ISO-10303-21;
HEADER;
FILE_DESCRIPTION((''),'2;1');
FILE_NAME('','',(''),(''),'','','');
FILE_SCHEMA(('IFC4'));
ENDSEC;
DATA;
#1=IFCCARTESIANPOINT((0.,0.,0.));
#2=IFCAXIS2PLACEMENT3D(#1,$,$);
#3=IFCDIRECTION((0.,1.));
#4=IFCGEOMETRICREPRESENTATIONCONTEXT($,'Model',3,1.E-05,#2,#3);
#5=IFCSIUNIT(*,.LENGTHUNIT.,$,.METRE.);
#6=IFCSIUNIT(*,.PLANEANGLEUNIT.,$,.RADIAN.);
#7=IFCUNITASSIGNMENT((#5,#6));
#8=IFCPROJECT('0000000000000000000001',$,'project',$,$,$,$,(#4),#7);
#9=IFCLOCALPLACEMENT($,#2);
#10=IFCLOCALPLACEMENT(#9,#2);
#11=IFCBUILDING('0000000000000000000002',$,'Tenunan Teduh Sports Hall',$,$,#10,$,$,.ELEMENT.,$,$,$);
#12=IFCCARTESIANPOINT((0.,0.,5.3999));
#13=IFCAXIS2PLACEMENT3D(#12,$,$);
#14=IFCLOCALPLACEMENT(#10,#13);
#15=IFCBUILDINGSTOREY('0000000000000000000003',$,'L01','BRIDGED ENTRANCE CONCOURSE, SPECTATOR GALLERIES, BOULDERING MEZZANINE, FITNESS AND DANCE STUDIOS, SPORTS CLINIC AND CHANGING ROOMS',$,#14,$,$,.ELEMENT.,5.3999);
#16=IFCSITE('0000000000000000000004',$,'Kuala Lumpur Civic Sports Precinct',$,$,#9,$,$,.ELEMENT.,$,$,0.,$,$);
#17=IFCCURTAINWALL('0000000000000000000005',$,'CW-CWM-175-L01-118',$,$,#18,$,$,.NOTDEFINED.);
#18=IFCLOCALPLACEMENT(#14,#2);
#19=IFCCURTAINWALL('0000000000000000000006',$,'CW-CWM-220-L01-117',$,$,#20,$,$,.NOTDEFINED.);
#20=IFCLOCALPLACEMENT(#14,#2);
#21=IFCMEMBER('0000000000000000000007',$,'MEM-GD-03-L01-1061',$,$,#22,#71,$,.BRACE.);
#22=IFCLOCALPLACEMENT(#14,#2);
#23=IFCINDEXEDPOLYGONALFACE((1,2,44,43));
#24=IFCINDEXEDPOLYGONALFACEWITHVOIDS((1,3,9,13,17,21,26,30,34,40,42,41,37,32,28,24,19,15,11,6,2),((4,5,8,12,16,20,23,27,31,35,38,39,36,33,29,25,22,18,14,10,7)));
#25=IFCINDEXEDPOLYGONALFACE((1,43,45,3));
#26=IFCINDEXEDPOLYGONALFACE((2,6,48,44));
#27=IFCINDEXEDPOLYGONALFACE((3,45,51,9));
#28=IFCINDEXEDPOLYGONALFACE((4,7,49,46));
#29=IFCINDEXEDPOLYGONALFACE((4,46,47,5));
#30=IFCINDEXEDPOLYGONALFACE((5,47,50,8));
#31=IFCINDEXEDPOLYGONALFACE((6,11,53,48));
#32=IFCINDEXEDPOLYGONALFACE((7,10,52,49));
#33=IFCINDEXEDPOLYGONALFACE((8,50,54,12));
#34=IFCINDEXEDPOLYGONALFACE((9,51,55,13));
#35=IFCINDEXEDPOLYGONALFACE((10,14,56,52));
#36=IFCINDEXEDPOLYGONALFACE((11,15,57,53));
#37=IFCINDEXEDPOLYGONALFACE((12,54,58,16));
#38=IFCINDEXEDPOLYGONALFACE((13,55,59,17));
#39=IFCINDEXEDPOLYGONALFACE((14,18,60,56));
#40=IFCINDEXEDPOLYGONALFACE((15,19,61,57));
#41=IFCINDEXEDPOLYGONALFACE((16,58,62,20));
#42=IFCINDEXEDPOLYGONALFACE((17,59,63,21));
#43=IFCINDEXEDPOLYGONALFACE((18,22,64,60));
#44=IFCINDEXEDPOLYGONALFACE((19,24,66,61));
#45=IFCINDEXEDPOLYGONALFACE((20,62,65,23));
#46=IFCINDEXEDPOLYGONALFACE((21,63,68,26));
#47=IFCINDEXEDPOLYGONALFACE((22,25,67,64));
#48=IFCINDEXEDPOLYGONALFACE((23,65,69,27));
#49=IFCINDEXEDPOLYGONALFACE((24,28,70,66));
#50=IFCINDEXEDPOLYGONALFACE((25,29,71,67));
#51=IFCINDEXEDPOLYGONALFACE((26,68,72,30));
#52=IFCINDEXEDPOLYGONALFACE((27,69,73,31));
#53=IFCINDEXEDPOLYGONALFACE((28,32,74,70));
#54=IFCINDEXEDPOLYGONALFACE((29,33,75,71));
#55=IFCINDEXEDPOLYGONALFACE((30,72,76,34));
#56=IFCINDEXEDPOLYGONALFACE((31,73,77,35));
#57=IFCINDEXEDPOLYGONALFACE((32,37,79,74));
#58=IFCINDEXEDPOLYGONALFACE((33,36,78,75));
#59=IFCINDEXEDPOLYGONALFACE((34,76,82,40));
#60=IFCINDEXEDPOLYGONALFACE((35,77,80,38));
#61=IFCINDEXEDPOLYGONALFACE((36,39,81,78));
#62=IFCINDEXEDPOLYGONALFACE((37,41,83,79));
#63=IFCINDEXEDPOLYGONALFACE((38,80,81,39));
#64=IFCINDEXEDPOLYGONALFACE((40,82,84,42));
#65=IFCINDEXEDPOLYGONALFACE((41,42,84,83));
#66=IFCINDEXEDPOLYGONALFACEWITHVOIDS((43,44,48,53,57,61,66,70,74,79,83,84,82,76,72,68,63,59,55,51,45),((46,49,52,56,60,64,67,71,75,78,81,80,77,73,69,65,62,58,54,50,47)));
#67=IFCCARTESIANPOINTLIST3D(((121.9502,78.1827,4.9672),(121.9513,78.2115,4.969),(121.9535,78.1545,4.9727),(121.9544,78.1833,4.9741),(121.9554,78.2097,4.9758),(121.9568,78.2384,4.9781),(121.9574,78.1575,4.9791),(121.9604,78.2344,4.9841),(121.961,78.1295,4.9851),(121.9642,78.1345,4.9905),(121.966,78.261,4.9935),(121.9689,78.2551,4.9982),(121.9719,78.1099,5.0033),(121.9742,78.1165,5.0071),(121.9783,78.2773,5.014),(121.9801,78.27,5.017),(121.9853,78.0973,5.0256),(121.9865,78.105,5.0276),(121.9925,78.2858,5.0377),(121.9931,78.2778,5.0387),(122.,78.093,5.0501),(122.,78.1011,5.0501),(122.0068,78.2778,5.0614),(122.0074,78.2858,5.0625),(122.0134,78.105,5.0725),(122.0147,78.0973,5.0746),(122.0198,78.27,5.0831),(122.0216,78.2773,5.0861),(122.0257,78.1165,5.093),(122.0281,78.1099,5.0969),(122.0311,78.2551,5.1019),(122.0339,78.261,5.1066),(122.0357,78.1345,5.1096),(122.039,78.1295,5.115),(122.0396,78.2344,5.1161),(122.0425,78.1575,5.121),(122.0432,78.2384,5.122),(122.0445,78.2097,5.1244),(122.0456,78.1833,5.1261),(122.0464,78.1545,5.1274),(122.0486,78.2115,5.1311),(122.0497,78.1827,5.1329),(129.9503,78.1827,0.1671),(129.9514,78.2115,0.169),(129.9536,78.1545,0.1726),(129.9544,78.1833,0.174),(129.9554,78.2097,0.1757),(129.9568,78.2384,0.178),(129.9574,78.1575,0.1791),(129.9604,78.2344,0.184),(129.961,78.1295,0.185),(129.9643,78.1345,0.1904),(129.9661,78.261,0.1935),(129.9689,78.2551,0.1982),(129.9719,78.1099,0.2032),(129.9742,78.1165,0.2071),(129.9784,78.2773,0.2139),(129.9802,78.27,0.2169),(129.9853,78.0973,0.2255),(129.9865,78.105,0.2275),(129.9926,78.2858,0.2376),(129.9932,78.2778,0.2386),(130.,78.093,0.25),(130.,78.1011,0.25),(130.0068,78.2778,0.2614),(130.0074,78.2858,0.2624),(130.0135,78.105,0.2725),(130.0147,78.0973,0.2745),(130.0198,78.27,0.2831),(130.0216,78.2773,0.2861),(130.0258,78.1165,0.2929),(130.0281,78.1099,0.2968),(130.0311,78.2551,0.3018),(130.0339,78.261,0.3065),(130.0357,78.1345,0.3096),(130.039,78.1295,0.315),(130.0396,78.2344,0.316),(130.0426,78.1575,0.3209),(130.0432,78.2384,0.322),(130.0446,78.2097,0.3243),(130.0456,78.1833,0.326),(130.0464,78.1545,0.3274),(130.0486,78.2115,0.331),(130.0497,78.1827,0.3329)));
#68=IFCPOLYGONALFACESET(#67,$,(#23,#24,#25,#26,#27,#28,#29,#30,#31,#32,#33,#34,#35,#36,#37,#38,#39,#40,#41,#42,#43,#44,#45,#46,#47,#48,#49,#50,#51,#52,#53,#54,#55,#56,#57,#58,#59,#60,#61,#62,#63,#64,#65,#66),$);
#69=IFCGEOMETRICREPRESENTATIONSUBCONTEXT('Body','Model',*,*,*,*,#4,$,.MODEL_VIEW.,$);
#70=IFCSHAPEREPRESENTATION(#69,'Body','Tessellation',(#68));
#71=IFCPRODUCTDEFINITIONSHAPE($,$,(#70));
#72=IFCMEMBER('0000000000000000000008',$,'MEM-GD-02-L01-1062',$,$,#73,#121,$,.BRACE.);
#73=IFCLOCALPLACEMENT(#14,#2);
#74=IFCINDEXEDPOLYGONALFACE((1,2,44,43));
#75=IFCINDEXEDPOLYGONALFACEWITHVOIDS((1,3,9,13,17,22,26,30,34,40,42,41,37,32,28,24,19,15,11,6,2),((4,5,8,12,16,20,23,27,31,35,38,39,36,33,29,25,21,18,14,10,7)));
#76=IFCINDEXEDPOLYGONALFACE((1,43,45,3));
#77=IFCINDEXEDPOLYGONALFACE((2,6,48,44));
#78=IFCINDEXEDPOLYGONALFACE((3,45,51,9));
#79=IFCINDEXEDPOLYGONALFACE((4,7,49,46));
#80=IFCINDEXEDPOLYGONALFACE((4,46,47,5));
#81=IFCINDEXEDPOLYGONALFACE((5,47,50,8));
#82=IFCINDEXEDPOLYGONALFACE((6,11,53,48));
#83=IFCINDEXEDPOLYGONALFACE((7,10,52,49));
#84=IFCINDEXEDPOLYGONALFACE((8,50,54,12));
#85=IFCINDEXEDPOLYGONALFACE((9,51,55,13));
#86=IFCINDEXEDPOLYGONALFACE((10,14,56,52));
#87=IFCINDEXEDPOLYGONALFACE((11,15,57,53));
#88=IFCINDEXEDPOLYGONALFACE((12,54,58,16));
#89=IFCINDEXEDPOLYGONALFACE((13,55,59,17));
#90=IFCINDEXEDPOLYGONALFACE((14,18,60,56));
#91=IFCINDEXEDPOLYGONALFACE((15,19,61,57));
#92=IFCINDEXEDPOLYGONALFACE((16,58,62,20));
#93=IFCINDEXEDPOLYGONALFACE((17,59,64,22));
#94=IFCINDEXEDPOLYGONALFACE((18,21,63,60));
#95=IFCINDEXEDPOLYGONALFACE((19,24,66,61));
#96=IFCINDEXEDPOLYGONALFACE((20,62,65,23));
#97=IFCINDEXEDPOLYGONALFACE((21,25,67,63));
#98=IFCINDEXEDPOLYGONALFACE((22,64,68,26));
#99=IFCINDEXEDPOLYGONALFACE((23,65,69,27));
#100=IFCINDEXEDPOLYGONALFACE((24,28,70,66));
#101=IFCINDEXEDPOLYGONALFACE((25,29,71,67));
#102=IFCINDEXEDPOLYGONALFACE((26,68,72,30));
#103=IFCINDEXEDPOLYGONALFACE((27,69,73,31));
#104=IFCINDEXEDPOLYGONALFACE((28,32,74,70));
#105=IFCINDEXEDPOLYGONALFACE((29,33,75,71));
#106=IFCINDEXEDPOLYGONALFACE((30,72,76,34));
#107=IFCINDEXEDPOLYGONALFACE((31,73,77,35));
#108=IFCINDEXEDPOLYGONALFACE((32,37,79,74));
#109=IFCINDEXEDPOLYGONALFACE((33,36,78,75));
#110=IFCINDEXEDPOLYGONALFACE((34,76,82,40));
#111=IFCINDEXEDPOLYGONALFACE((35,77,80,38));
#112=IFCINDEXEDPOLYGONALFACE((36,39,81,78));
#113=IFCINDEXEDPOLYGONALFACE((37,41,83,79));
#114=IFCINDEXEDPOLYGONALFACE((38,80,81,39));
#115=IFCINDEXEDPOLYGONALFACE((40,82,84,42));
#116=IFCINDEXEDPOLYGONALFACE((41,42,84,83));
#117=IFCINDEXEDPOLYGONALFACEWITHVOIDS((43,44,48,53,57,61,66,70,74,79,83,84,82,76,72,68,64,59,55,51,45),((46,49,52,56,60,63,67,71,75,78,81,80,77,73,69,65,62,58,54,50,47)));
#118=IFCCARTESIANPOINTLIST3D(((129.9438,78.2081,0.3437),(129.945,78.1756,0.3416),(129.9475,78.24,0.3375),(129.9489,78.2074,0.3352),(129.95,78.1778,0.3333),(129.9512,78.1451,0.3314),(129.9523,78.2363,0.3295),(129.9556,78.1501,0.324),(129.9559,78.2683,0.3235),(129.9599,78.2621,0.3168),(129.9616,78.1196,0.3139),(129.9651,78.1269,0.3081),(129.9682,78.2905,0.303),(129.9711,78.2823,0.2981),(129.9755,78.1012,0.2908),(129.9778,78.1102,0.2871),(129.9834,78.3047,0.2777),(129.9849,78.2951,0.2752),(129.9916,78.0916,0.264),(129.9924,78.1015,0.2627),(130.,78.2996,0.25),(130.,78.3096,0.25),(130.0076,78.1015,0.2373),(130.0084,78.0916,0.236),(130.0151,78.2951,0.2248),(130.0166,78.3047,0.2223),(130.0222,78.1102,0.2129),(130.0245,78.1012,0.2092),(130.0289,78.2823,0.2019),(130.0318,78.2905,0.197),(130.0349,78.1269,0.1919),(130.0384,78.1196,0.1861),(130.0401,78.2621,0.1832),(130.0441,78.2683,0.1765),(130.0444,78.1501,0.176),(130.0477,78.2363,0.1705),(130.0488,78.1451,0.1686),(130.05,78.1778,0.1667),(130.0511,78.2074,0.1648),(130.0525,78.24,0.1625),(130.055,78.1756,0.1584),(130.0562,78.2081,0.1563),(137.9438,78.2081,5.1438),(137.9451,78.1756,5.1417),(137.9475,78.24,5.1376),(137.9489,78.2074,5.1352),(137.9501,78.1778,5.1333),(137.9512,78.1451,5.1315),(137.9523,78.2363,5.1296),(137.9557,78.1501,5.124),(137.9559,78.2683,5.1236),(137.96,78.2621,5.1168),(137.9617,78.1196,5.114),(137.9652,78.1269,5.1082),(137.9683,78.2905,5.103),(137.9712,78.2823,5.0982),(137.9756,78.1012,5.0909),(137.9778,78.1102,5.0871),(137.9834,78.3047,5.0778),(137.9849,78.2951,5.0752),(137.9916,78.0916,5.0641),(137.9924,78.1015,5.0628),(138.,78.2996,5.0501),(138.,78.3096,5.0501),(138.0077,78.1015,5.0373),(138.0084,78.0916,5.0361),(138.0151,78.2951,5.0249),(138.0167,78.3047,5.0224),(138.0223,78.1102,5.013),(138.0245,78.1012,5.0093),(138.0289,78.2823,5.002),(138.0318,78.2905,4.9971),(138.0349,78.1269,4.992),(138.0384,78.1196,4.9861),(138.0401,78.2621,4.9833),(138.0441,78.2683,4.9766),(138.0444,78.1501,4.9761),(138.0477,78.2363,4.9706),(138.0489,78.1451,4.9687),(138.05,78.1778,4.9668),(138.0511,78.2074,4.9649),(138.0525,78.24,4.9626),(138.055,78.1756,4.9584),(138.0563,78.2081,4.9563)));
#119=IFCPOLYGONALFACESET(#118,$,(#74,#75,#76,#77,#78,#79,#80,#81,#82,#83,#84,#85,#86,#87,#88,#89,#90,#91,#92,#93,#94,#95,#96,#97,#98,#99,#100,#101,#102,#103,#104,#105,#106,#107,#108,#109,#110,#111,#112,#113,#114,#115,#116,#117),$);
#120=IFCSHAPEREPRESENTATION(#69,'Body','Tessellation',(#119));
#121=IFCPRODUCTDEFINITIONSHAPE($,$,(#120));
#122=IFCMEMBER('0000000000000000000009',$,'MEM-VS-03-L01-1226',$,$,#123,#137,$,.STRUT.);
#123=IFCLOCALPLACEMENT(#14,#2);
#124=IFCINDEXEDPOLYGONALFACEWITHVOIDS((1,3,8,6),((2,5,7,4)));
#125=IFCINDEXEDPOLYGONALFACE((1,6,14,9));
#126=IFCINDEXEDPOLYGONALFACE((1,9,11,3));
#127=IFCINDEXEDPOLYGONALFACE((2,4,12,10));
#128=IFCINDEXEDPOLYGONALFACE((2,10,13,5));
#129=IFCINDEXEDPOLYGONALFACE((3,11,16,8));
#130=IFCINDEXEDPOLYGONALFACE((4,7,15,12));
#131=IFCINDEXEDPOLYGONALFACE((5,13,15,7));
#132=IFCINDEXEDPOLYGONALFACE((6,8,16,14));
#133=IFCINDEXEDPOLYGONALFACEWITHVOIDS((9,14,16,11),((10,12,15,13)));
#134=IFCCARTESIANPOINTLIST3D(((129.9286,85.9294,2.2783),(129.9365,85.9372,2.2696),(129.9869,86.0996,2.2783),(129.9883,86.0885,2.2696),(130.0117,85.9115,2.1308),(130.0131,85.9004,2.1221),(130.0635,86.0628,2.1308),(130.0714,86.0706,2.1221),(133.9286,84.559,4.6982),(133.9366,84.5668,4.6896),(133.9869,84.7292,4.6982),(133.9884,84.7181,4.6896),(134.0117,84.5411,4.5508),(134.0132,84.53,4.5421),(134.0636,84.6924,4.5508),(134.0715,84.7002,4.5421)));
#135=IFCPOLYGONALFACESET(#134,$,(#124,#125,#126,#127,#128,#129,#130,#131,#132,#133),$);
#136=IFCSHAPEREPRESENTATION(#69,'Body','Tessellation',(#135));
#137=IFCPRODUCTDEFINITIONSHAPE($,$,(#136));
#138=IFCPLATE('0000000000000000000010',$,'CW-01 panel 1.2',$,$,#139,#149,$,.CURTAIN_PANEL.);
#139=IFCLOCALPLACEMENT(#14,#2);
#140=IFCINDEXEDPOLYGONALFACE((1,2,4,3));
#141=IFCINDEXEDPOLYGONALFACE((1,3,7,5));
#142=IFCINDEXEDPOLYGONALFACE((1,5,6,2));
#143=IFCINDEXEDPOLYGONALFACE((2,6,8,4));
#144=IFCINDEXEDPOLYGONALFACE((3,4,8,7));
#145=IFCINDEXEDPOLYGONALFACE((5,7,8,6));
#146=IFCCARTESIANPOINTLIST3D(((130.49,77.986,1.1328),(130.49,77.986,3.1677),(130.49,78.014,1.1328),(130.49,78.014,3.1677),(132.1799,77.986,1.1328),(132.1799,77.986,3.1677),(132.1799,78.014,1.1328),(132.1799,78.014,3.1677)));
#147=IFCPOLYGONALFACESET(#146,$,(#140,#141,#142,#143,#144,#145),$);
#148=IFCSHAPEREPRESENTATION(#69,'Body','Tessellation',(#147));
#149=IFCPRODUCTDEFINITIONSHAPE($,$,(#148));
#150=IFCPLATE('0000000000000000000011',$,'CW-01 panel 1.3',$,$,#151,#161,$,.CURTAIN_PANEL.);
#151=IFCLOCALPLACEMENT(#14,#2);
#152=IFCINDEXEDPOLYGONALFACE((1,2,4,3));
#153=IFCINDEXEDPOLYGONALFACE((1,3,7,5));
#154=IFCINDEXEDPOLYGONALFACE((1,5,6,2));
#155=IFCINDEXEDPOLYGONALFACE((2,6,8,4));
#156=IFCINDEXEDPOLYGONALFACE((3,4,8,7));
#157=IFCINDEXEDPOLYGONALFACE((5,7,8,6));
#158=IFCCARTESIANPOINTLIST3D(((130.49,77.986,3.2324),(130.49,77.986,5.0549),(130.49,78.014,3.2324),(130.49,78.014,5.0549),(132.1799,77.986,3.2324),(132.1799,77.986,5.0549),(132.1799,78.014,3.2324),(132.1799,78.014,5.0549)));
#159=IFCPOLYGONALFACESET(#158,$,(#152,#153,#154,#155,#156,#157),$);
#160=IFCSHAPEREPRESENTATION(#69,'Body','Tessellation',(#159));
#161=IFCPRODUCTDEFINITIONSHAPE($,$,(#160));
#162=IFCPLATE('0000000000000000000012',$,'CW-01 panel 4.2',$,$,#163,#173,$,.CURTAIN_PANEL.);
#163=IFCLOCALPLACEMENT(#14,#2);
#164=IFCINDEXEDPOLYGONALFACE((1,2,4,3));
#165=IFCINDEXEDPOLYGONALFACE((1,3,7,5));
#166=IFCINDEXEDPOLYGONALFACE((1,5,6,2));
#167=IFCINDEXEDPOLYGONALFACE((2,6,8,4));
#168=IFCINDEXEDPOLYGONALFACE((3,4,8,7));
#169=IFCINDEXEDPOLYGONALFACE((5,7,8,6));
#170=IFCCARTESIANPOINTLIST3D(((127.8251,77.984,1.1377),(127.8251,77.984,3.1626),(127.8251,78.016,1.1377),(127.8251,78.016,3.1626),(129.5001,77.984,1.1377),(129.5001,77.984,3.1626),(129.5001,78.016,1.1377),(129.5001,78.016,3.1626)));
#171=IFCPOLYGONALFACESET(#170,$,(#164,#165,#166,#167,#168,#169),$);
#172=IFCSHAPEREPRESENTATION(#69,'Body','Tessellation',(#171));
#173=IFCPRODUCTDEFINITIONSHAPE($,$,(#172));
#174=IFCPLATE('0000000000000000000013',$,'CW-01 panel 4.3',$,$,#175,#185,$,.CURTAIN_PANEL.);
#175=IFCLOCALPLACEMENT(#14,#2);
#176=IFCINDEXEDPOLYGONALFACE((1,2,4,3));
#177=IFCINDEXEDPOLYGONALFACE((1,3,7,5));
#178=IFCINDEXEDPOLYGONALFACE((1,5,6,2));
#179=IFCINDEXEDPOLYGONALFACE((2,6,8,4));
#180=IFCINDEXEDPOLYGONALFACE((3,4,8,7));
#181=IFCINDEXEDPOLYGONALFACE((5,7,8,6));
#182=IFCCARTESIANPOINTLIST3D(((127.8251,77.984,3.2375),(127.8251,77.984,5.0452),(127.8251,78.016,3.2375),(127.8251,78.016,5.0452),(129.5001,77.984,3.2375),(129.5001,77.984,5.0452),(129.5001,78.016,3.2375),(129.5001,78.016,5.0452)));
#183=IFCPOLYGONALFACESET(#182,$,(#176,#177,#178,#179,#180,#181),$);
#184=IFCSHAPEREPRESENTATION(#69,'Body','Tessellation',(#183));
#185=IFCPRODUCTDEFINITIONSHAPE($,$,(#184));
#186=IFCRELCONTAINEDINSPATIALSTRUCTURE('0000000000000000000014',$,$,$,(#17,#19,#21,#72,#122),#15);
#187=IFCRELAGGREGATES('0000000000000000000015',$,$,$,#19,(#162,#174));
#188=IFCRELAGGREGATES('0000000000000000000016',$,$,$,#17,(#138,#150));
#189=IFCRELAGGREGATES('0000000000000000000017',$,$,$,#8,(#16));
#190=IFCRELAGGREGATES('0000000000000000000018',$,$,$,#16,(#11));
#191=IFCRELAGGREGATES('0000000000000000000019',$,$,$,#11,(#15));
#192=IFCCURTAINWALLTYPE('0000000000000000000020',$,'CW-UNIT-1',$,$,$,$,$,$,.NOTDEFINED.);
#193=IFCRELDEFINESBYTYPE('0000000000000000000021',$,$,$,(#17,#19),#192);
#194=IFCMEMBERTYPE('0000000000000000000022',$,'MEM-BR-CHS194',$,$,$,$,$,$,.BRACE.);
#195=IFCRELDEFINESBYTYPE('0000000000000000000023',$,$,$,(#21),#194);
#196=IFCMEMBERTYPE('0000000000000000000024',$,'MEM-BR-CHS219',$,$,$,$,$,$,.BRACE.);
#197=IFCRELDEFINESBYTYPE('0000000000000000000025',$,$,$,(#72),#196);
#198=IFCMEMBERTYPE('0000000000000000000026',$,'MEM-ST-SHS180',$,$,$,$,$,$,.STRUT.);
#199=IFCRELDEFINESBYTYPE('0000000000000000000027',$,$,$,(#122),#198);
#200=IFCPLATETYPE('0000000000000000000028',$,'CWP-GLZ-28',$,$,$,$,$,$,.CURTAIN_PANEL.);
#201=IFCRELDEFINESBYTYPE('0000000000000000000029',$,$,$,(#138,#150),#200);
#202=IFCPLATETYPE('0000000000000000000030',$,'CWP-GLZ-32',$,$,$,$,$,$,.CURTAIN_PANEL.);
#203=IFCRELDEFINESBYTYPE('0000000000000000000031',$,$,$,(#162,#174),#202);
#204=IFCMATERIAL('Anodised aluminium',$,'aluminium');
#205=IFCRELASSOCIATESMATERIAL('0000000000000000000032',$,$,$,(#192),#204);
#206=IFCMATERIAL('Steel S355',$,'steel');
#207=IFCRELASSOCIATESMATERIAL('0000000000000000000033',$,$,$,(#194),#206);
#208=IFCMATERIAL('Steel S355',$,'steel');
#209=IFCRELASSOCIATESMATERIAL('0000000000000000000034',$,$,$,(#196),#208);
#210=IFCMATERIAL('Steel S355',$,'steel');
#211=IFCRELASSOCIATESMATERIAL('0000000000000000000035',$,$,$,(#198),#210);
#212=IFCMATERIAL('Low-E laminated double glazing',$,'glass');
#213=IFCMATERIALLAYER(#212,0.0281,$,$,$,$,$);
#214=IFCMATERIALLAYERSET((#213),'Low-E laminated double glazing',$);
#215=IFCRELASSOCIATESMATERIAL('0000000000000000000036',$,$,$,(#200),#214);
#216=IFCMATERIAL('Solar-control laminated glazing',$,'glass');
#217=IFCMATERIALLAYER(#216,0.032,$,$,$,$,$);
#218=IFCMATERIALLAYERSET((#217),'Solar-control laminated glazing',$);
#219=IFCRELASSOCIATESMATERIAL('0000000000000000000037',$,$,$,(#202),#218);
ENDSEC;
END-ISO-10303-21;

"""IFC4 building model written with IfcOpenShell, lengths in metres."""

from ifc_helpers import new_model, si_unit, direction, frame, origin, origin_2d, place, context, subcontext, project, spatial, rectangle, hollow_rectangle, hollow_circle, extrude, material, layer, layer_set, material_profile, profile_set, type_object, element, aggregate, save


model = new_model("IFC4")

# Units and contexts
model_context = context("Model", 3, precision=1e-05, world=origin(), true_north=direction((0.0, 1.0)))
body_context = subcontext(model_context, "Body", "Model", "MODEL_VIEW")
ifc_project = project(units=[si_unit("LENGTHUNIT", "METRE"), si_unit("PLANEANGLEUNIT", "RADIAN")], contexts=[model_context])

# Site, building, storey
site_placement = place(None, origin())
site = spatial("IfcSite", under=ifc_project, at=site_placement, Name="Kuala Lumpur Civic Sports Precinct", CompositionType="ELEMENT", RefElevation=0.0)
building_placement = place(site_placement, origin())
building = spatial("IfcBuilding", under=site, at=building_placement, Name="Tenunan Teduh Sports Hall", CompositionType="ELEMENT")
storey_placement = place(building_placement, frame((0.0, 0.0, 5.3999)))
storey = spatial("IfcBuildingStorey", under=building, at=storey_placement, Name="L01", Description="BRIDGED ENTRANCE CONCOURSE, SPECTATOR GALLERIES, BOULDERING MEZZANINE, FITNESS AND DANCE STUDIOS, SPORTS CLINIC AND CHANGING ROOMS", CompositionType="ELEMENT", Elevation=5.3999)

# Shared definitions
ifc_material_1 = material(Name="Anodised aluminium", Category="aluminium")
curtain_wall_type = type_object("IfcCurtainWallType", Name="CW-UNIT-1", PredefinedType="NOTDEFINED", material=ifc_material_1)

# Curtain wall
curtain_wall_1_placement = place(storey_placement, origin())
curtain_wall_1 = element("IfcCurtainWall", 1, at=curtain_wall_1_placement, inside=storey, type_object=curtain_wall_type, Name="CW-CWM-175-L01-118", PredefinedType="NOTDEFINED")

# Curtain wall
curtain_wall_2_placement = place(storey_placement, origin())
curtain_wall_2 = element("IfcCurtainWall", 2, at=curtain_wall_2_placement, inside=storey, type_object=curtain_wall_type, Name="CW-CWM-220-L01-117", PredefinedType="NOTDEFINED")

# Members
ifc_material_2 = material(Name="Steel S355", Category="steel")
ifc_material_profile_1 = material_profile(ifc_material_2, hollow_circle(Radius=0.0969, WallThickness=0.0081, at=origin_2d()), Name="CHS 193.7x8.0")
ifc_profile_set_1 = profile_set([ifc_material_profile_1], Name="Steel S355")
member_type_1 = type_object("IfcMemberType", Name="MEM-BR-CHS194", PredefinedType="BRACE", material=ifc_profile_set_1)
member_1_placement = place(storey_placement, frame((130.0, 78.1899, 0.25), z_axis=(-0.857491, 0.0, 0.5145), x_axis=(0.0, -1.0, 0.0)))
element("IfcMember", 3, at=member_1_placement, inside=storey, type_object=member_type_1, Name="MEM-GD-03-L01-1061", PredefinedType="BRACE", context=body_context, shape_type="SweptSolid", body=[
    extrude(hollow_circle(Radius=0.0969, WallThickness=0.0081, at=origin_2d()), origin(), (0.0, 0.0, 1.0), 9.3296),
])
ifc_material_3 = material(Name="Steel S355", Category="steel")
ifc_material_profile_2 = material_profile(ifc_material_3, hollow_circle(Radius=0.1096, WallThickness=0.01, at=origin_2d()), Name="CHS 219.1x10.0")
ifc_profile_set_2 = profile_set([ifc_material_profile_2], Name="Steel S355")
member_type_2 = type_object("IfcMemberType", Name="MEM-BR-CHS219", PredefinedType="BRACE", material=ifc_profile_set_2)
member_2_placement = place(storey_placement, frame((130.0, 78.2, 0.25), z_axis=(0.857491, 0.0, 0.5145), x_axis=(0.0, 1.0, 0.0)))
element("IfcMember", 4, at=member_2_placement, inside=storey, type_object=member_type_2, Name="MEM-GD-02-L01-1062", PredefinedType="BRACE", context=body_context, shape_type="SweptSolid", body=[
    extrude(hollow_circle(Radius=0.1096, WallThickness=0.01, at=origin_2d()), origin(), (0.0, 0.0, 1.0), 9.3296),
])
ifc_material_4 = material(Name="Steel S355", Category="steel")
ifc_material_profile_3 = material_profile(ifc_material_4, hollow_rectangle(XDim=0.1799, YDim=0.1799, WallThickness=0.01, at=origin_2d()), Name="SHS 180x180x10.0")
ifc_profile_set_3 = profile_set([ifc_material_profile_3], Name="Steel S355")
member_type_3 = type_object("IfcMemberType", Name="MEM-ST-SHS180", PredefinedType="STRUT", material=ifc_profile_set_3)
member_3_placement = place(storey_placement, frame((130.0, 86.0, 2.2002), z_axis=(0.821061, -0.281287, 0.496726), x_axis=(0.324098, 0.946023, 0.0)))
element("IfcMember", 5, at=member_3_placement, inside=storey, type_object=member_type_3, Name="MEM-VS-03-L01-1226", PredefinedType="STRUT", context=body_context, shape_type="SweptSolid", body=[
    extrude(hollow_rectangle(XDim=0.1799, YDim=0.1799, WallThickness=0.01, at=origin_2d()), origin(), (0.0, 0.0, 1.0), 4.8718),
])

# Plates
ifc_material_5 = material(Name="Low-E laminated double glazing", Category="glass")
ifc_layer_1 = layer(ifc_material_5, 0.0281)
ifc_layer_set_1 = layer_set([ifc_layer_1], Name="Low-E laminated double glazing")
plate_type_1 = type_object("IfcPlateType", Name="CWP-GLZ-28", PredefinedType="CURTAIN_PANEL", material=ifc_layer_set_1)
plate_1_placement = place(storey_placement, frame((131.335, 78.0, 1.1328), z_axis=(0.0, 0.0, 1.0), x_axis=(1.0, 0.0, 0.0)))
plate_1 = element("IfcPlate", 6, at=plate_1_placement, type_object=plate_type_1, Name="CW-01 panel 1.2", PredefinedType="CURTAIN_PANEL", context=body_context, shape_type="SweptSolid", body=[
    extrude(rectangle(XDim=1.6899, YDim=0.0281, at=origin_2d()), origin(), (0.0, 0.0, 1.0), 2.0349),
])
plate_2_placement = place(storey_placement, frame((131.335, 78.0, 3.2324), z_axis=(0.0, 0.0, 1.0), x_axis=(1.0, 0.0, 0.0)))
plate_2 = element("IfcPlate", 7, at=plate_2_placement, type_object=plate_type_1, Name="CW-01 panel 1.3", PredefinedType="CURTAIN_PANEL", context=body_context, shape_type="SweptSolid", body=[
    extrude(rectangle(XDim=1.6899, YDim=0.0281, at=origin_2d()), origin(), (0.0, 0.0, 1.0), 1.8225),
])
ifc_material_6 = material(Name="Solar-control laminated glazing", Category="glass")
ifc_layer_2 = layer(ifc_material_6, 0.032)
ifc_layer_set_2 = layer_set([ifc_layer_2], Name="Solar-control laminated glazing")
plate_type_2 = type_object("IfcPlateType", Name="CWP-GLZ-32", PredefinedType="CURTAIN_PANEL", material=ifc_layer_set_2)
plate_3_placement = place(storey_placement, frame((128.6626, 78.0, 1.1377), z_axis=(0.0, 0.0, 1.0), x_axis=(1.0, 0.0, 0.0)))
plate_3 = element("IfcPlate", 8, at=plate_3_placement, type_object=plate_type_2, Name="CW-01 panel 4.2", PredefinedType="CURTAIN_PANEL", context=body_context, shape_type="SweptSolid", body=[
    extrude(rectangle(XDim=1.675, YDim=0.032, at=origin_2d()), origin(), (0.0, 0.0, 1.0), 2.0249),
])
plate_4_placement = place(storey_placement, frame((128.6626, 78.0, 3.2375), z_axis=(0.0, 0.0, 1.0), x_axis=(1.0, 0.0, 0.0)))
plate_4 = element("IfcPlate", 9, at=plate_4_placement, type_object=plate_type_2, Name="CW-01 panel 4.3", PredefinedType="CURTAIN_PANEL", context=body_context, shape_type="SweptSolid", body=[
    extrude(rectangle(XDim=1.675, YDim=0.032, at=origin_2d()), origin(), (0.0, 0.0, 1.0), 1.8076),
])
aggregate(curtain_wall_2, [plate_3, plate_4])
aggregate(curtain_wall_1, [plate_1, plate_2])

save(model, "model.ifc")
